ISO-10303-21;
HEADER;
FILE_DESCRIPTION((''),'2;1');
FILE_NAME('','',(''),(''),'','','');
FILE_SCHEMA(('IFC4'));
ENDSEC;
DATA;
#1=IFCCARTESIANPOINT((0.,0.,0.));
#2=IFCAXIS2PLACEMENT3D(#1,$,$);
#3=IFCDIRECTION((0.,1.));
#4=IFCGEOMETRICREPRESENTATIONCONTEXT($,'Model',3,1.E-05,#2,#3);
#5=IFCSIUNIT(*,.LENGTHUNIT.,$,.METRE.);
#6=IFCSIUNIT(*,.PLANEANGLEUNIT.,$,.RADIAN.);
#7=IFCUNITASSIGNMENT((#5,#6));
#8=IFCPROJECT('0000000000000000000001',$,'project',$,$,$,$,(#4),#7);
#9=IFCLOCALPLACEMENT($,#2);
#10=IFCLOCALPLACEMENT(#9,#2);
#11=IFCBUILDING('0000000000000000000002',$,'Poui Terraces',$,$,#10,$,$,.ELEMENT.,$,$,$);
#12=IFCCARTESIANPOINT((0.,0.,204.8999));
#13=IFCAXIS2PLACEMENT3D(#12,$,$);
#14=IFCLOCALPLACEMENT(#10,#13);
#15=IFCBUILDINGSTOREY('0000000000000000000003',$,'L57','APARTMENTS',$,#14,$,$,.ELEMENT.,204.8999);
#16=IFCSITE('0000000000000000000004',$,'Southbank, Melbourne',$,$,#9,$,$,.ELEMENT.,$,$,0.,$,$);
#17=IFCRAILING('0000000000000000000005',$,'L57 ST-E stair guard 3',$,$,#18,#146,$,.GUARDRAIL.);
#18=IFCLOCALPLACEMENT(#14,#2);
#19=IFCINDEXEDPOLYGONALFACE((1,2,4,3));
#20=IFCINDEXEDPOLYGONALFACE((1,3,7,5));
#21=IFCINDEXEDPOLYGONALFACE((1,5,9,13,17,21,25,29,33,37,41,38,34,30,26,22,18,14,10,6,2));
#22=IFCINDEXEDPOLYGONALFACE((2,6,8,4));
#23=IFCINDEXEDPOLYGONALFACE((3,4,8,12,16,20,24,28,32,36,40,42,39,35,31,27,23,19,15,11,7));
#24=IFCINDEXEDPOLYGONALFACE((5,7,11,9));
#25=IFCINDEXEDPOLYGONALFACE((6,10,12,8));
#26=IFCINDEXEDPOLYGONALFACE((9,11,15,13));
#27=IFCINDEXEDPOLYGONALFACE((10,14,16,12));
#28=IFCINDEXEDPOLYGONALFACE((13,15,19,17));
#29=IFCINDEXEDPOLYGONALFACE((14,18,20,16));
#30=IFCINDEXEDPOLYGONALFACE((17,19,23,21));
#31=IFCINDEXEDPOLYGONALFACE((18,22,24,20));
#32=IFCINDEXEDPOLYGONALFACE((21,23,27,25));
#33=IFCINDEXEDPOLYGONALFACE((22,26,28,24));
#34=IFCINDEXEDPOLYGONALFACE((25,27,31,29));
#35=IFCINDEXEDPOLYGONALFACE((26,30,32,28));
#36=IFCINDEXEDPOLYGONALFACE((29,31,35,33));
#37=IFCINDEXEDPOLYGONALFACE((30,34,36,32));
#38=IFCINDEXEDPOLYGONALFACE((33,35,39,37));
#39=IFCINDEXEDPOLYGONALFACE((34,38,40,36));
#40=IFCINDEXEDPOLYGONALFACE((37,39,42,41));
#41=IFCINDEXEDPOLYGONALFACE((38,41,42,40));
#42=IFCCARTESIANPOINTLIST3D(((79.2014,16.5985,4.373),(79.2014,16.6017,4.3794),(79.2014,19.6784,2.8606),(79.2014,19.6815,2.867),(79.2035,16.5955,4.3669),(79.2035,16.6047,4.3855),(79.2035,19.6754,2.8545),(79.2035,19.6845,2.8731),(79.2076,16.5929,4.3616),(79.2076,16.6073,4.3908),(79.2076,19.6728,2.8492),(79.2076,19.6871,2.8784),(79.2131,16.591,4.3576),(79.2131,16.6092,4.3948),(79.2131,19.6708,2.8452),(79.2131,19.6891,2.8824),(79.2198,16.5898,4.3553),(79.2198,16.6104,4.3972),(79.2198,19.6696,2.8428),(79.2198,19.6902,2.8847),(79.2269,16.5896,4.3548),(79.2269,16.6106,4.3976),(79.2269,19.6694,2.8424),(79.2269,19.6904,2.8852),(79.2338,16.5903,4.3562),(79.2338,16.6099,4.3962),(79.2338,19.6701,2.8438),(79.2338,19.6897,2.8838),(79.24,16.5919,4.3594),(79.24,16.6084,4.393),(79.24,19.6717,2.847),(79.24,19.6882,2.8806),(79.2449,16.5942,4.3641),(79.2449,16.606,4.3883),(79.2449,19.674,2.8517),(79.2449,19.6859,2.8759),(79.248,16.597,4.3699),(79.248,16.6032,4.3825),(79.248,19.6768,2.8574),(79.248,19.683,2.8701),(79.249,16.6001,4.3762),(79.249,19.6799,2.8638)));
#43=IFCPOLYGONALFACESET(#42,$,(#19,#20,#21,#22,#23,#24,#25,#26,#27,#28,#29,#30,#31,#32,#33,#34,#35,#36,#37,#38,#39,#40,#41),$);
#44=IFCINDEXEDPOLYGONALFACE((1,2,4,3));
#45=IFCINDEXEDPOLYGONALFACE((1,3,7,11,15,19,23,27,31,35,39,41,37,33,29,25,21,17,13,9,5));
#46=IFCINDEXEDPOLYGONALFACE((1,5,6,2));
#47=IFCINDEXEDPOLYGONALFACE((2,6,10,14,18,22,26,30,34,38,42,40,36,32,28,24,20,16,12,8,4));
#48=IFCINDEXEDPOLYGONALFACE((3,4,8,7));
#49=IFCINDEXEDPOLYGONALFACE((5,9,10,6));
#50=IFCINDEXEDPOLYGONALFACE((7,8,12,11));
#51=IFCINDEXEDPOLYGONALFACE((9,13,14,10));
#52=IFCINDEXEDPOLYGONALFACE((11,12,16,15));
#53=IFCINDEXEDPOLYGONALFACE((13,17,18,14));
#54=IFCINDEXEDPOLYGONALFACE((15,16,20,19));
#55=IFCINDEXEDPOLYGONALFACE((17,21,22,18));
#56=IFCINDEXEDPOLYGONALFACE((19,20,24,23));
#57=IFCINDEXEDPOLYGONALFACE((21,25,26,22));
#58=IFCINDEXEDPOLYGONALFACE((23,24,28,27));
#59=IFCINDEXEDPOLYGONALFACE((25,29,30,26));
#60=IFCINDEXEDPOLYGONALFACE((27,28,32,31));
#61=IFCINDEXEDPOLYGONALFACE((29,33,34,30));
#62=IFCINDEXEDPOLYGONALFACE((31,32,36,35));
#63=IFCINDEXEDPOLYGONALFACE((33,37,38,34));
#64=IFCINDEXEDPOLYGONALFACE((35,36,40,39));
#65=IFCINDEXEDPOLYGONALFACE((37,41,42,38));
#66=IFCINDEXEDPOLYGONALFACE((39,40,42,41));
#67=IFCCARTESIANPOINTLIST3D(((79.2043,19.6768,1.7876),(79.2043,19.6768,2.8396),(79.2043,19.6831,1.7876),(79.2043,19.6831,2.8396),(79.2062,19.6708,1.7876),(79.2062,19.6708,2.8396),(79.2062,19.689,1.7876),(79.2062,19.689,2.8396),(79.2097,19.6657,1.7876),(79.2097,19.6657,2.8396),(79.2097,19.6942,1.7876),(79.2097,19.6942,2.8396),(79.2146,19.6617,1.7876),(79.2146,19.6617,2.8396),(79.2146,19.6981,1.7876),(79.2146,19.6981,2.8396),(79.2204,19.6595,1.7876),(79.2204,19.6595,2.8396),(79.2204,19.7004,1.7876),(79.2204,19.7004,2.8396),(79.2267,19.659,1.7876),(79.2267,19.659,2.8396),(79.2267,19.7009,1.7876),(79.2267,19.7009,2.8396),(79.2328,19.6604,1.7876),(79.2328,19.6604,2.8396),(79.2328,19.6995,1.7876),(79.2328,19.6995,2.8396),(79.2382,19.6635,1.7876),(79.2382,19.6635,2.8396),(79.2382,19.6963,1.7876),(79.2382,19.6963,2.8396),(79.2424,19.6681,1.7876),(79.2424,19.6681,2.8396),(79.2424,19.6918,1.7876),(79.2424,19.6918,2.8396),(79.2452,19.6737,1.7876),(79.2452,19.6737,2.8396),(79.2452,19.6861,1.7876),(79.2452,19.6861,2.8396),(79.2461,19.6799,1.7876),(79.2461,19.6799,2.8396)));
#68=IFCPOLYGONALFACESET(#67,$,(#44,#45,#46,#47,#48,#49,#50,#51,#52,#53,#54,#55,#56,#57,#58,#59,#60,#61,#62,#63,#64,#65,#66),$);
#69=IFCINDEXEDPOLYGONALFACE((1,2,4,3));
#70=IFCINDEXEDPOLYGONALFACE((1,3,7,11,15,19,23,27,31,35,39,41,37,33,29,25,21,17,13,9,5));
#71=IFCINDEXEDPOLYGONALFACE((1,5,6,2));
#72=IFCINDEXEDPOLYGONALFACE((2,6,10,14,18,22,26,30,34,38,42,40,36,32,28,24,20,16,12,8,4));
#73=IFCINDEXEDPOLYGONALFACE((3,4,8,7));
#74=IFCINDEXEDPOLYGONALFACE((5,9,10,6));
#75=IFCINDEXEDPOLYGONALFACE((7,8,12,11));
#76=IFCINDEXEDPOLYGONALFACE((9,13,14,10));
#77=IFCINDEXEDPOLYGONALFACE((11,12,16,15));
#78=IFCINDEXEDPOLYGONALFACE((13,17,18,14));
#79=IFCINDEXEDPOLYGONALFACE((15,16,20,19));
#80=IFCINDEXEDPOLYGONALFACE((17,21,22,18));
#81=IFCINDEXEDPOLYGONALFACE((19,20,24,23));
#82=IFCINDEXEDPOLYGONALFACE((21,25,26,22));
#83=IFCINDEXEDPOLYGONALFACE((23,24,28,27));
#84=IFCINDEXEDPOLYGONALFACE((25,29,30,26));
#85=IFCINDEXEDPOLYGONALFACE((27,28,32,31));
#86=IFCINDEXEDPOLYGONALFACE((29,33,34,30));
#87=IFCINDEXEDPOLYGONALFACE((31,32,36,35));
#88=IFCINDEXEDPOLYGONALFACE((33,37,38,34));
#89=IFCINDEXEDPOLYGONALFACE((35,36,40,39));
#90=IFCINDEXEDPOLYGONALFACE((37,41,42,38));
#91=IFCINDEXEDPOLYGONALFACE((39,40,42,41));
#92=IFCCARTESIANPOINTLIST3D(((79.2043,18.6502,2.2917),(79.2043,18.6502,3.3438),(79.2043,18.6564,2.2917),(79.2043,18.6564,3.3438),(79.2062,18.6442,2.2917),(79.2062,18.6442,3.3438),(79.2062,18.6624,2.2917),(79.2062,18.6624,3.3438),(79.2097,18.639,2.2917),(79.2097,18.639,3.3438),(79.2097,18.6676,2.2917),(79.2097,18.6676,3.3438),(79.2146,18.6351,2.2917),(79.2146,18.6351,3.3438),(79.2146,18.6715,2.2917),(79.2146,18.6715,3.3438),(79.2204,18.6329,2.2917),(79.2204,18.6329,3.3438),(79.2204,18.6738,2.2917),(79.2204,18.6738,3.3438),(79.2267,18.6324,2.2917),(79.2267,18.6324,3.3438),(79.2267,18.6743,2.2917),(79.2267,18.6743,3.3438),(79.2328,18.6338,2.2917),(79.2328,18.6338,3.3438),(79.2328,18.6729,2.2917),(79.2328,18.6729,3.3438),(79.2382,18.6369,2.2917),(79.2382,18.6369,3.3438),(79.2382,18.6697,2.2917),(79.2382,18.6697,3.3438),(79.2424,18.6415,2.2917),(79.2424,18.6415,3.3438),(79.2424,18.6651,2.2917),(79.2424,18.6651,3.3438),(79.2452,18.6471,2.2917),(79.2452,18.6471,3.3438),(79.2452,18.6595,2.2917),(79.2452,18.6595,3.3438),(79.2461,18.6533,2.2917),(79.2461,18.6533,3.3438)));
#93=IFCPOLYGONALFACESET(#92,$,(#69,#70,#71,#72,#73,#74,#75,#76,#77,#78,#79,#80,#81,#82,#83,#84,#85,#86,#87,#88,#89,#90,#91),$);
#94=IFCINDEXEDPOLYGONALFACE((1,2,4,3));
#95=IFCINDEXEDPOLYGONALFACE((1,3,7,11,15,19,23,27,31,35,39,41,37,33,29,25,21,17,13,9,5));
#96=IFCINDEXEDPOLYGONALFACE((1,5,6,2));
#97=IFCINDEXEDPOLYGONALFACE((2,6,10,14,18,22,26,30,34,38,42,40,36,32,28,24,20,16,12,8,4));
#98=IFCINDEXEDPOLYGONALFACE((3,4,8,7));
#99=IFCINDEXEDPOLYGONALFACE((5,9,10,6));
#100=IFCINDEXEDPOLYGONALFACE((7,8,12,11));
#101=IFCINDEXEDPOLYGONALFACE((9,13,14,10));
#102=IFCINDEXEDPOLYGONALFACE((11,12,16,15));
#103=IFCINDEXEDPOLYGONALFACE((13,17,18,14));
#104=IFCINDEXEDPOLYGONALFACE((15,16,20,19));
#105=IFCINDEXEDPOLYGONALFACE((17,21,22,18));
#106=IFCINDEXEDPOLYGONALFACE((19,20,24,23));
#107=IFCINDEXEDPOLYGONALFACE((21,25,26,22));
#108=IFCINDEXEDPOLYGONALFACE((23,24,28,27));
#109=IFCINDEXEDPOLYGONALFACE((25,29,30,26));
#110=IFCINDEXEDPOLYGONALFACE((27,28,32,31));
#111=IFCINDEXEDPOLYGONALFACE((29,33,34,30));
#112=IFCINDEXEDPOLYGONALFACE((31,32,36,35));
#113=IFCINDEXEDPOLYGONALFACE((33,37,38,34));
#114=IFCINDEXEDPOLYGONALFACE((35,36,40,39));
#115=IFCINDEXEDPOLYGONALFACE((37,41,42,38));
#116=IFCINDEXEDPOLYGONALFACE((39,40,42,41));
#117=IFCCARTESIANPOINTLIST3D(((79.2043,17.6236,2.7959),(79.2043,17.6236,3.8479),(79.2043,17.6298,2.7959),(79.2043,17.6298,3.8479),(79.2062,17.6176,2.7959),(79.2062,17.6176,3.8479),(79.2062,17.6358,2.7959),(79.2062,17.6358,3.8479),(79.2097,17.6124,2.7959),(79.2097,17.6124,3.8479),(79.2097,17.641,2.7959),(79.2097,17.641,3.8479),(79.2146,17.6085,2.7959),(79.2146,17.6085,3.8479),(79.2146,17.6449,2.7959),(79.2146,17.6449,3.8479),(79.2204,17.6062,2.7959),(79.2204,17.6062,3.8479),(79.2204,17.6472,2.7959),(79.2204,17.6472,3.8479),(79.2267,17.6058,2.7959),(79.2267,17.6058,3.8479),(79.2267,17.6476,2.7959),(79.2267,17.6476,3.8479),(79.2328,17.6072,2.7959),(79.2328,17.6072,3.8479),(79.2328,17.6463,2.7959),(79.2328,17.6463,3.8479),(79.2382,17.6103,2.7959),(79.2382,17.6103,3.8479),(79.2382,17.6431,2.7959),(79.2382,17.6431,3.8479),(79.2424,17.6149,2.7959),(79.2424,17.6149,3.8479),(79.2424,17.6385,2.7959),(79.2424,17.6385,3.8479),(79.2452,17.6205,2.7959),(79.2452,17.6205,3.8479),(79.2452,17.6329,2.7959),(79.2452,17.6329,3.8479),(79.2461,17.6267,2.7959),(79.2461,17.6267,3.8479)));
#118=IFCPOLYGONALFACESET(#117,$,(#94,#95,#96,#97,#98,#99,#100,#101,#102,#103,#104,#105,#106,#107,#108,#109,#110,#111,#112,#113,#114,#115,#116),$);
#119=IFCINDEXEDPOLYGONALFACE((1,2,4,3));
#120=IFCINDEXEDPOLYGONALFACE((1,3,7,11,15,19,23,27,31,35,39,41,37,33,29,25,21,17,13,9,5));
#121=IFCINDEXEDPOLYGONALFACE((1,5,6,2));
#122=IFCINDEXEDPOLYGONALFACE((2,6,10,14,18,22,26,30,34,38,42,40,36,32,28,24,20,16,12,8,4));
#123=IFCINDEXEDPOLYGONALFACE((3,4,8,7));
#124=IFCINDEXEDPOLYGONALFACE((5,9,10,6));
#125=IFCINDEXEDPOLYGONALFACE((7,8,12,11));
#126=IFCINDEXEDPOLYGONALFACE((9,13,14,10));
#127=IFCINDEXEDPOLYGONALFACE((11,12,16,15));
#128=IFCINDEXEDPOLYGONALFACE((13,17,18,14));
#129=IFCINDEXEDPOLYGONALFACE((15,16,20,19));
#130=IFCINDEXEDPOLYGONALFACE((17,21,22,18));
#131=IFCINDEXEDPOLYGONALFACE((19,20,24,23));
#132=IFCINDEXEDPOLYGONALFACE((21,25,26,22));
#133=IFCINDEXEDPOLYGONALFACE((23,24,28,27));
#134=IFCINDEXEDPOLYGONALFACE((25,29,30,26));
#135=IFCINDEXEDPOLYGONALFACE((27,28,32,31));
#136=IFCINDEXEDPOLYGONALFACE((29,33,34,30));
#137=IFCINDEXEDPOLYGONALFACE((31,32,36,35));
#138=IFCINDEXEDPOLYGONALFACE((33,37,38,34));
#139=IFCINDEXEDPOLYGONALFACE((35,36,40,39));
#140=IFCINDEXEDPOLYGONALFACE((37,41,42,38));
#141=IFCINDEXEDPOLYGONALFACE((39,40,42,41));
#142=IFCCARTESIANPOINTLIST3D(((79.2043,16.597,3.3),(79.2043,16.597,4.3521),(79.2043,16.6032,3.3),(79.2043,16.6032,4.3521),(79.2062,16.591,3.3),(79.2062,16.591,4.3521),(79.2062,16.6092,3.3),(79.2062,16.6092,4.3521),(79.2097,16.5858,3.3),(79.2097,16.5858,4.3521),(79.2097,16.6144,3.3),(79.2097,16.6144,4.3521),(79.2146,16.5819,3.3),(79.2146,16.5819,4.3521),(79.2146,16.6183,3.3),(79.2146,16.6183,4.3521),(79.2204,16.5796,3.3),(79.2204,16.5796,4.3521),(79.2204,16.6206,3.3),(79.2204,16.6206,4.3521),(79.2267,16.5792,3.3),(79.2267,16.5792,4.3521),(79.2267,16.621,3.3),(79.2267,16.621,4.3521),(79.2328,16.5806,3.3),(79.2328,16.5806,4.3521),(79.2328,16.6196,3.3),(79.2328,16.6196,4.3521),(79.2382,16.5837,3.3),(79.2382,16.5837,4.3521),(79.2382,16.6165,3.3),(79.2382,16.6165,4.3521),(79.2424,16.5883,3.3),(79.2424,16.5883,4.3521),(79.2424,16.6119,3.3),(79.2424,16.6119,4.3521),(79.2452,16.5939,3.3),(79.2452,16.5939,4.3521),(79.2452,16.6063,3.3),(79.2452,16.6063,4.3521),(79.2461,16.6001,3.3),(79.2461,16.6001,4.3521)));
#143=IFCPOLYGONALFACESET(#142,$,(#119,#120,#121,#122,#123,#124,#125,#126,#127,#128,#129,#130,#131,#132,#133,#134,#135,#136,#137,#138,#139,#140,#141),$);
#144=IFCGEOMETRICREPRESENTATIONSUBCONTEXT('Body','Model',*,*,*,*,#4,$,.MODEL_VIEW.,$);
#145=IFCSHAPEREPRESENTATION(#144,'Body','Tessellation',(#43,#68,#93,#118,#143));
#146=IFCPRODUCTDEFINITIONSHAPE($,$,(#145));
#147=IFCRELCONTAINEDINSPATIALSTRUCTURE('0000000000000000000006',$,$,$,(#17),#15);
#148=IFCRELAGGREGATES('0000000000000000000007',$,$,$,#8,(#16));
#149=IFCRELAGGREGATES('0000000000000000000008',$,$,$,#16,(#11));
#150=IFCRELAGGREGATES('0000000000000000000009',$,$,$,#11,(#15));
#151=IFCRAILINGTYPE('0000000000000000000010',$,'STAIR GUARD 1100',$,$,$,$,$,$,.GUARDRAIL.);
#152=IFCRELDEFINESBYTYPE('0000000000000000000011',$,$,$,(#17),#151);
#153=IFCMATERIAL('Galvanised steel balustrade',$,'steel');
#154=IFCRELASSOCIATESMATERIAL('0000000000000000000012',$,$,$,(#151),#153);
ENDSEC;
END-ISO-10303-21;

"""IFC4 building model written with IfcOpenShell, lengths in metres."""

from ifc_helpers import new_model, si_unit, direction, frame, origin, origin_2d, place, context, subcontext, project, spatial, circle, extrude, material, type_object, element, save


model = new_model("IFC4")

# Units and contexts
model_context = context("Model", 3, precision=1e-05, world=origin(), true_north=direction((0.0, 1.0)))
body_context = subcontext(model_context, "Body", "Model", "MODEL_VIEW")
ifc_project = project(units=[si_unit("LENGTHUNIT", "METRE"), si_unit("PLANEANGLEUNIT", "RADIAN")], contexts=[model_context])

# Site, building, storey
site_placement = place(None, origin())
site = spatial("IfcSite", under=ifc_project, at=site_placement, Name="Southbank, Melbourne", CompositionType="ELEMENT", RefElevation=0.0)
building_placement = place(site_placement, origin())
building = spatial("IfcBuilding", under=site, at=building_placement, Name="Poui Terraces", CompositionType="ELEMENT")
storey_placement = place(building_placement, frame((0.0, 0.0, 204.8999)))
storey = spatial("IfcBuildingStorey", under=building, at=storey_placement, Name="L57", Description="APARTMENTS", CompositionType="ELEMENT", Elevation=204.8999)

# Railing
ifc_material_1 = material(Name="Galvanised steel balustrade", Category="steel")
railing_type_1 = type_object("IfcRailingType", Name="STAIR GUARD 1100", PredefinedType="GUARDRAIL", material=ifc_material_1)
railing_1_placement = place(storey_placement, frame((79.2251, 19.6799, 1.7876)))
element("IfcRailing", 1, at=railing_1_placement, inside=storey, type_object=railing_type_1, Name="L57 ST-E stair guard 3", PredefinedType="GUARDRAIL", context=body_context, shape_type="SweptSolid", body=[
    extrude(circle(Radius=0.0239, at=origin_2d()), frame((0.0, 0.0, 1.0762), z_axis=(0.0, -0.897606, 0.440798), x_axis=(1.0, 0.0, 0.0)), (0.0, 0.0, 1.0), 3.4312),
    extrude(circle(Radius=0.021, at=origin_2d()), origin(), (0.0, 0.0, 1.0), 1.052),
    extrude(circle(Radius=0.021, at=origin_2d()), frame((0.0, -1.0266, 0.5042)), (0.0, 0.0, 1.0), 1.052),
    extrude(circle(Radius=0.021, at=origin_2d()), frame((0.0, -2.0532, 1.0083)), (0.0, 0.0, 1.0), 1.052),
    extrude(circle(Radius=0.021, at=origin_2d()), frame((0.0, -3.0798, 1.5125)), (0.0, 0.0, 1.0), 1.052),
])

save(model, "model.ifc")
